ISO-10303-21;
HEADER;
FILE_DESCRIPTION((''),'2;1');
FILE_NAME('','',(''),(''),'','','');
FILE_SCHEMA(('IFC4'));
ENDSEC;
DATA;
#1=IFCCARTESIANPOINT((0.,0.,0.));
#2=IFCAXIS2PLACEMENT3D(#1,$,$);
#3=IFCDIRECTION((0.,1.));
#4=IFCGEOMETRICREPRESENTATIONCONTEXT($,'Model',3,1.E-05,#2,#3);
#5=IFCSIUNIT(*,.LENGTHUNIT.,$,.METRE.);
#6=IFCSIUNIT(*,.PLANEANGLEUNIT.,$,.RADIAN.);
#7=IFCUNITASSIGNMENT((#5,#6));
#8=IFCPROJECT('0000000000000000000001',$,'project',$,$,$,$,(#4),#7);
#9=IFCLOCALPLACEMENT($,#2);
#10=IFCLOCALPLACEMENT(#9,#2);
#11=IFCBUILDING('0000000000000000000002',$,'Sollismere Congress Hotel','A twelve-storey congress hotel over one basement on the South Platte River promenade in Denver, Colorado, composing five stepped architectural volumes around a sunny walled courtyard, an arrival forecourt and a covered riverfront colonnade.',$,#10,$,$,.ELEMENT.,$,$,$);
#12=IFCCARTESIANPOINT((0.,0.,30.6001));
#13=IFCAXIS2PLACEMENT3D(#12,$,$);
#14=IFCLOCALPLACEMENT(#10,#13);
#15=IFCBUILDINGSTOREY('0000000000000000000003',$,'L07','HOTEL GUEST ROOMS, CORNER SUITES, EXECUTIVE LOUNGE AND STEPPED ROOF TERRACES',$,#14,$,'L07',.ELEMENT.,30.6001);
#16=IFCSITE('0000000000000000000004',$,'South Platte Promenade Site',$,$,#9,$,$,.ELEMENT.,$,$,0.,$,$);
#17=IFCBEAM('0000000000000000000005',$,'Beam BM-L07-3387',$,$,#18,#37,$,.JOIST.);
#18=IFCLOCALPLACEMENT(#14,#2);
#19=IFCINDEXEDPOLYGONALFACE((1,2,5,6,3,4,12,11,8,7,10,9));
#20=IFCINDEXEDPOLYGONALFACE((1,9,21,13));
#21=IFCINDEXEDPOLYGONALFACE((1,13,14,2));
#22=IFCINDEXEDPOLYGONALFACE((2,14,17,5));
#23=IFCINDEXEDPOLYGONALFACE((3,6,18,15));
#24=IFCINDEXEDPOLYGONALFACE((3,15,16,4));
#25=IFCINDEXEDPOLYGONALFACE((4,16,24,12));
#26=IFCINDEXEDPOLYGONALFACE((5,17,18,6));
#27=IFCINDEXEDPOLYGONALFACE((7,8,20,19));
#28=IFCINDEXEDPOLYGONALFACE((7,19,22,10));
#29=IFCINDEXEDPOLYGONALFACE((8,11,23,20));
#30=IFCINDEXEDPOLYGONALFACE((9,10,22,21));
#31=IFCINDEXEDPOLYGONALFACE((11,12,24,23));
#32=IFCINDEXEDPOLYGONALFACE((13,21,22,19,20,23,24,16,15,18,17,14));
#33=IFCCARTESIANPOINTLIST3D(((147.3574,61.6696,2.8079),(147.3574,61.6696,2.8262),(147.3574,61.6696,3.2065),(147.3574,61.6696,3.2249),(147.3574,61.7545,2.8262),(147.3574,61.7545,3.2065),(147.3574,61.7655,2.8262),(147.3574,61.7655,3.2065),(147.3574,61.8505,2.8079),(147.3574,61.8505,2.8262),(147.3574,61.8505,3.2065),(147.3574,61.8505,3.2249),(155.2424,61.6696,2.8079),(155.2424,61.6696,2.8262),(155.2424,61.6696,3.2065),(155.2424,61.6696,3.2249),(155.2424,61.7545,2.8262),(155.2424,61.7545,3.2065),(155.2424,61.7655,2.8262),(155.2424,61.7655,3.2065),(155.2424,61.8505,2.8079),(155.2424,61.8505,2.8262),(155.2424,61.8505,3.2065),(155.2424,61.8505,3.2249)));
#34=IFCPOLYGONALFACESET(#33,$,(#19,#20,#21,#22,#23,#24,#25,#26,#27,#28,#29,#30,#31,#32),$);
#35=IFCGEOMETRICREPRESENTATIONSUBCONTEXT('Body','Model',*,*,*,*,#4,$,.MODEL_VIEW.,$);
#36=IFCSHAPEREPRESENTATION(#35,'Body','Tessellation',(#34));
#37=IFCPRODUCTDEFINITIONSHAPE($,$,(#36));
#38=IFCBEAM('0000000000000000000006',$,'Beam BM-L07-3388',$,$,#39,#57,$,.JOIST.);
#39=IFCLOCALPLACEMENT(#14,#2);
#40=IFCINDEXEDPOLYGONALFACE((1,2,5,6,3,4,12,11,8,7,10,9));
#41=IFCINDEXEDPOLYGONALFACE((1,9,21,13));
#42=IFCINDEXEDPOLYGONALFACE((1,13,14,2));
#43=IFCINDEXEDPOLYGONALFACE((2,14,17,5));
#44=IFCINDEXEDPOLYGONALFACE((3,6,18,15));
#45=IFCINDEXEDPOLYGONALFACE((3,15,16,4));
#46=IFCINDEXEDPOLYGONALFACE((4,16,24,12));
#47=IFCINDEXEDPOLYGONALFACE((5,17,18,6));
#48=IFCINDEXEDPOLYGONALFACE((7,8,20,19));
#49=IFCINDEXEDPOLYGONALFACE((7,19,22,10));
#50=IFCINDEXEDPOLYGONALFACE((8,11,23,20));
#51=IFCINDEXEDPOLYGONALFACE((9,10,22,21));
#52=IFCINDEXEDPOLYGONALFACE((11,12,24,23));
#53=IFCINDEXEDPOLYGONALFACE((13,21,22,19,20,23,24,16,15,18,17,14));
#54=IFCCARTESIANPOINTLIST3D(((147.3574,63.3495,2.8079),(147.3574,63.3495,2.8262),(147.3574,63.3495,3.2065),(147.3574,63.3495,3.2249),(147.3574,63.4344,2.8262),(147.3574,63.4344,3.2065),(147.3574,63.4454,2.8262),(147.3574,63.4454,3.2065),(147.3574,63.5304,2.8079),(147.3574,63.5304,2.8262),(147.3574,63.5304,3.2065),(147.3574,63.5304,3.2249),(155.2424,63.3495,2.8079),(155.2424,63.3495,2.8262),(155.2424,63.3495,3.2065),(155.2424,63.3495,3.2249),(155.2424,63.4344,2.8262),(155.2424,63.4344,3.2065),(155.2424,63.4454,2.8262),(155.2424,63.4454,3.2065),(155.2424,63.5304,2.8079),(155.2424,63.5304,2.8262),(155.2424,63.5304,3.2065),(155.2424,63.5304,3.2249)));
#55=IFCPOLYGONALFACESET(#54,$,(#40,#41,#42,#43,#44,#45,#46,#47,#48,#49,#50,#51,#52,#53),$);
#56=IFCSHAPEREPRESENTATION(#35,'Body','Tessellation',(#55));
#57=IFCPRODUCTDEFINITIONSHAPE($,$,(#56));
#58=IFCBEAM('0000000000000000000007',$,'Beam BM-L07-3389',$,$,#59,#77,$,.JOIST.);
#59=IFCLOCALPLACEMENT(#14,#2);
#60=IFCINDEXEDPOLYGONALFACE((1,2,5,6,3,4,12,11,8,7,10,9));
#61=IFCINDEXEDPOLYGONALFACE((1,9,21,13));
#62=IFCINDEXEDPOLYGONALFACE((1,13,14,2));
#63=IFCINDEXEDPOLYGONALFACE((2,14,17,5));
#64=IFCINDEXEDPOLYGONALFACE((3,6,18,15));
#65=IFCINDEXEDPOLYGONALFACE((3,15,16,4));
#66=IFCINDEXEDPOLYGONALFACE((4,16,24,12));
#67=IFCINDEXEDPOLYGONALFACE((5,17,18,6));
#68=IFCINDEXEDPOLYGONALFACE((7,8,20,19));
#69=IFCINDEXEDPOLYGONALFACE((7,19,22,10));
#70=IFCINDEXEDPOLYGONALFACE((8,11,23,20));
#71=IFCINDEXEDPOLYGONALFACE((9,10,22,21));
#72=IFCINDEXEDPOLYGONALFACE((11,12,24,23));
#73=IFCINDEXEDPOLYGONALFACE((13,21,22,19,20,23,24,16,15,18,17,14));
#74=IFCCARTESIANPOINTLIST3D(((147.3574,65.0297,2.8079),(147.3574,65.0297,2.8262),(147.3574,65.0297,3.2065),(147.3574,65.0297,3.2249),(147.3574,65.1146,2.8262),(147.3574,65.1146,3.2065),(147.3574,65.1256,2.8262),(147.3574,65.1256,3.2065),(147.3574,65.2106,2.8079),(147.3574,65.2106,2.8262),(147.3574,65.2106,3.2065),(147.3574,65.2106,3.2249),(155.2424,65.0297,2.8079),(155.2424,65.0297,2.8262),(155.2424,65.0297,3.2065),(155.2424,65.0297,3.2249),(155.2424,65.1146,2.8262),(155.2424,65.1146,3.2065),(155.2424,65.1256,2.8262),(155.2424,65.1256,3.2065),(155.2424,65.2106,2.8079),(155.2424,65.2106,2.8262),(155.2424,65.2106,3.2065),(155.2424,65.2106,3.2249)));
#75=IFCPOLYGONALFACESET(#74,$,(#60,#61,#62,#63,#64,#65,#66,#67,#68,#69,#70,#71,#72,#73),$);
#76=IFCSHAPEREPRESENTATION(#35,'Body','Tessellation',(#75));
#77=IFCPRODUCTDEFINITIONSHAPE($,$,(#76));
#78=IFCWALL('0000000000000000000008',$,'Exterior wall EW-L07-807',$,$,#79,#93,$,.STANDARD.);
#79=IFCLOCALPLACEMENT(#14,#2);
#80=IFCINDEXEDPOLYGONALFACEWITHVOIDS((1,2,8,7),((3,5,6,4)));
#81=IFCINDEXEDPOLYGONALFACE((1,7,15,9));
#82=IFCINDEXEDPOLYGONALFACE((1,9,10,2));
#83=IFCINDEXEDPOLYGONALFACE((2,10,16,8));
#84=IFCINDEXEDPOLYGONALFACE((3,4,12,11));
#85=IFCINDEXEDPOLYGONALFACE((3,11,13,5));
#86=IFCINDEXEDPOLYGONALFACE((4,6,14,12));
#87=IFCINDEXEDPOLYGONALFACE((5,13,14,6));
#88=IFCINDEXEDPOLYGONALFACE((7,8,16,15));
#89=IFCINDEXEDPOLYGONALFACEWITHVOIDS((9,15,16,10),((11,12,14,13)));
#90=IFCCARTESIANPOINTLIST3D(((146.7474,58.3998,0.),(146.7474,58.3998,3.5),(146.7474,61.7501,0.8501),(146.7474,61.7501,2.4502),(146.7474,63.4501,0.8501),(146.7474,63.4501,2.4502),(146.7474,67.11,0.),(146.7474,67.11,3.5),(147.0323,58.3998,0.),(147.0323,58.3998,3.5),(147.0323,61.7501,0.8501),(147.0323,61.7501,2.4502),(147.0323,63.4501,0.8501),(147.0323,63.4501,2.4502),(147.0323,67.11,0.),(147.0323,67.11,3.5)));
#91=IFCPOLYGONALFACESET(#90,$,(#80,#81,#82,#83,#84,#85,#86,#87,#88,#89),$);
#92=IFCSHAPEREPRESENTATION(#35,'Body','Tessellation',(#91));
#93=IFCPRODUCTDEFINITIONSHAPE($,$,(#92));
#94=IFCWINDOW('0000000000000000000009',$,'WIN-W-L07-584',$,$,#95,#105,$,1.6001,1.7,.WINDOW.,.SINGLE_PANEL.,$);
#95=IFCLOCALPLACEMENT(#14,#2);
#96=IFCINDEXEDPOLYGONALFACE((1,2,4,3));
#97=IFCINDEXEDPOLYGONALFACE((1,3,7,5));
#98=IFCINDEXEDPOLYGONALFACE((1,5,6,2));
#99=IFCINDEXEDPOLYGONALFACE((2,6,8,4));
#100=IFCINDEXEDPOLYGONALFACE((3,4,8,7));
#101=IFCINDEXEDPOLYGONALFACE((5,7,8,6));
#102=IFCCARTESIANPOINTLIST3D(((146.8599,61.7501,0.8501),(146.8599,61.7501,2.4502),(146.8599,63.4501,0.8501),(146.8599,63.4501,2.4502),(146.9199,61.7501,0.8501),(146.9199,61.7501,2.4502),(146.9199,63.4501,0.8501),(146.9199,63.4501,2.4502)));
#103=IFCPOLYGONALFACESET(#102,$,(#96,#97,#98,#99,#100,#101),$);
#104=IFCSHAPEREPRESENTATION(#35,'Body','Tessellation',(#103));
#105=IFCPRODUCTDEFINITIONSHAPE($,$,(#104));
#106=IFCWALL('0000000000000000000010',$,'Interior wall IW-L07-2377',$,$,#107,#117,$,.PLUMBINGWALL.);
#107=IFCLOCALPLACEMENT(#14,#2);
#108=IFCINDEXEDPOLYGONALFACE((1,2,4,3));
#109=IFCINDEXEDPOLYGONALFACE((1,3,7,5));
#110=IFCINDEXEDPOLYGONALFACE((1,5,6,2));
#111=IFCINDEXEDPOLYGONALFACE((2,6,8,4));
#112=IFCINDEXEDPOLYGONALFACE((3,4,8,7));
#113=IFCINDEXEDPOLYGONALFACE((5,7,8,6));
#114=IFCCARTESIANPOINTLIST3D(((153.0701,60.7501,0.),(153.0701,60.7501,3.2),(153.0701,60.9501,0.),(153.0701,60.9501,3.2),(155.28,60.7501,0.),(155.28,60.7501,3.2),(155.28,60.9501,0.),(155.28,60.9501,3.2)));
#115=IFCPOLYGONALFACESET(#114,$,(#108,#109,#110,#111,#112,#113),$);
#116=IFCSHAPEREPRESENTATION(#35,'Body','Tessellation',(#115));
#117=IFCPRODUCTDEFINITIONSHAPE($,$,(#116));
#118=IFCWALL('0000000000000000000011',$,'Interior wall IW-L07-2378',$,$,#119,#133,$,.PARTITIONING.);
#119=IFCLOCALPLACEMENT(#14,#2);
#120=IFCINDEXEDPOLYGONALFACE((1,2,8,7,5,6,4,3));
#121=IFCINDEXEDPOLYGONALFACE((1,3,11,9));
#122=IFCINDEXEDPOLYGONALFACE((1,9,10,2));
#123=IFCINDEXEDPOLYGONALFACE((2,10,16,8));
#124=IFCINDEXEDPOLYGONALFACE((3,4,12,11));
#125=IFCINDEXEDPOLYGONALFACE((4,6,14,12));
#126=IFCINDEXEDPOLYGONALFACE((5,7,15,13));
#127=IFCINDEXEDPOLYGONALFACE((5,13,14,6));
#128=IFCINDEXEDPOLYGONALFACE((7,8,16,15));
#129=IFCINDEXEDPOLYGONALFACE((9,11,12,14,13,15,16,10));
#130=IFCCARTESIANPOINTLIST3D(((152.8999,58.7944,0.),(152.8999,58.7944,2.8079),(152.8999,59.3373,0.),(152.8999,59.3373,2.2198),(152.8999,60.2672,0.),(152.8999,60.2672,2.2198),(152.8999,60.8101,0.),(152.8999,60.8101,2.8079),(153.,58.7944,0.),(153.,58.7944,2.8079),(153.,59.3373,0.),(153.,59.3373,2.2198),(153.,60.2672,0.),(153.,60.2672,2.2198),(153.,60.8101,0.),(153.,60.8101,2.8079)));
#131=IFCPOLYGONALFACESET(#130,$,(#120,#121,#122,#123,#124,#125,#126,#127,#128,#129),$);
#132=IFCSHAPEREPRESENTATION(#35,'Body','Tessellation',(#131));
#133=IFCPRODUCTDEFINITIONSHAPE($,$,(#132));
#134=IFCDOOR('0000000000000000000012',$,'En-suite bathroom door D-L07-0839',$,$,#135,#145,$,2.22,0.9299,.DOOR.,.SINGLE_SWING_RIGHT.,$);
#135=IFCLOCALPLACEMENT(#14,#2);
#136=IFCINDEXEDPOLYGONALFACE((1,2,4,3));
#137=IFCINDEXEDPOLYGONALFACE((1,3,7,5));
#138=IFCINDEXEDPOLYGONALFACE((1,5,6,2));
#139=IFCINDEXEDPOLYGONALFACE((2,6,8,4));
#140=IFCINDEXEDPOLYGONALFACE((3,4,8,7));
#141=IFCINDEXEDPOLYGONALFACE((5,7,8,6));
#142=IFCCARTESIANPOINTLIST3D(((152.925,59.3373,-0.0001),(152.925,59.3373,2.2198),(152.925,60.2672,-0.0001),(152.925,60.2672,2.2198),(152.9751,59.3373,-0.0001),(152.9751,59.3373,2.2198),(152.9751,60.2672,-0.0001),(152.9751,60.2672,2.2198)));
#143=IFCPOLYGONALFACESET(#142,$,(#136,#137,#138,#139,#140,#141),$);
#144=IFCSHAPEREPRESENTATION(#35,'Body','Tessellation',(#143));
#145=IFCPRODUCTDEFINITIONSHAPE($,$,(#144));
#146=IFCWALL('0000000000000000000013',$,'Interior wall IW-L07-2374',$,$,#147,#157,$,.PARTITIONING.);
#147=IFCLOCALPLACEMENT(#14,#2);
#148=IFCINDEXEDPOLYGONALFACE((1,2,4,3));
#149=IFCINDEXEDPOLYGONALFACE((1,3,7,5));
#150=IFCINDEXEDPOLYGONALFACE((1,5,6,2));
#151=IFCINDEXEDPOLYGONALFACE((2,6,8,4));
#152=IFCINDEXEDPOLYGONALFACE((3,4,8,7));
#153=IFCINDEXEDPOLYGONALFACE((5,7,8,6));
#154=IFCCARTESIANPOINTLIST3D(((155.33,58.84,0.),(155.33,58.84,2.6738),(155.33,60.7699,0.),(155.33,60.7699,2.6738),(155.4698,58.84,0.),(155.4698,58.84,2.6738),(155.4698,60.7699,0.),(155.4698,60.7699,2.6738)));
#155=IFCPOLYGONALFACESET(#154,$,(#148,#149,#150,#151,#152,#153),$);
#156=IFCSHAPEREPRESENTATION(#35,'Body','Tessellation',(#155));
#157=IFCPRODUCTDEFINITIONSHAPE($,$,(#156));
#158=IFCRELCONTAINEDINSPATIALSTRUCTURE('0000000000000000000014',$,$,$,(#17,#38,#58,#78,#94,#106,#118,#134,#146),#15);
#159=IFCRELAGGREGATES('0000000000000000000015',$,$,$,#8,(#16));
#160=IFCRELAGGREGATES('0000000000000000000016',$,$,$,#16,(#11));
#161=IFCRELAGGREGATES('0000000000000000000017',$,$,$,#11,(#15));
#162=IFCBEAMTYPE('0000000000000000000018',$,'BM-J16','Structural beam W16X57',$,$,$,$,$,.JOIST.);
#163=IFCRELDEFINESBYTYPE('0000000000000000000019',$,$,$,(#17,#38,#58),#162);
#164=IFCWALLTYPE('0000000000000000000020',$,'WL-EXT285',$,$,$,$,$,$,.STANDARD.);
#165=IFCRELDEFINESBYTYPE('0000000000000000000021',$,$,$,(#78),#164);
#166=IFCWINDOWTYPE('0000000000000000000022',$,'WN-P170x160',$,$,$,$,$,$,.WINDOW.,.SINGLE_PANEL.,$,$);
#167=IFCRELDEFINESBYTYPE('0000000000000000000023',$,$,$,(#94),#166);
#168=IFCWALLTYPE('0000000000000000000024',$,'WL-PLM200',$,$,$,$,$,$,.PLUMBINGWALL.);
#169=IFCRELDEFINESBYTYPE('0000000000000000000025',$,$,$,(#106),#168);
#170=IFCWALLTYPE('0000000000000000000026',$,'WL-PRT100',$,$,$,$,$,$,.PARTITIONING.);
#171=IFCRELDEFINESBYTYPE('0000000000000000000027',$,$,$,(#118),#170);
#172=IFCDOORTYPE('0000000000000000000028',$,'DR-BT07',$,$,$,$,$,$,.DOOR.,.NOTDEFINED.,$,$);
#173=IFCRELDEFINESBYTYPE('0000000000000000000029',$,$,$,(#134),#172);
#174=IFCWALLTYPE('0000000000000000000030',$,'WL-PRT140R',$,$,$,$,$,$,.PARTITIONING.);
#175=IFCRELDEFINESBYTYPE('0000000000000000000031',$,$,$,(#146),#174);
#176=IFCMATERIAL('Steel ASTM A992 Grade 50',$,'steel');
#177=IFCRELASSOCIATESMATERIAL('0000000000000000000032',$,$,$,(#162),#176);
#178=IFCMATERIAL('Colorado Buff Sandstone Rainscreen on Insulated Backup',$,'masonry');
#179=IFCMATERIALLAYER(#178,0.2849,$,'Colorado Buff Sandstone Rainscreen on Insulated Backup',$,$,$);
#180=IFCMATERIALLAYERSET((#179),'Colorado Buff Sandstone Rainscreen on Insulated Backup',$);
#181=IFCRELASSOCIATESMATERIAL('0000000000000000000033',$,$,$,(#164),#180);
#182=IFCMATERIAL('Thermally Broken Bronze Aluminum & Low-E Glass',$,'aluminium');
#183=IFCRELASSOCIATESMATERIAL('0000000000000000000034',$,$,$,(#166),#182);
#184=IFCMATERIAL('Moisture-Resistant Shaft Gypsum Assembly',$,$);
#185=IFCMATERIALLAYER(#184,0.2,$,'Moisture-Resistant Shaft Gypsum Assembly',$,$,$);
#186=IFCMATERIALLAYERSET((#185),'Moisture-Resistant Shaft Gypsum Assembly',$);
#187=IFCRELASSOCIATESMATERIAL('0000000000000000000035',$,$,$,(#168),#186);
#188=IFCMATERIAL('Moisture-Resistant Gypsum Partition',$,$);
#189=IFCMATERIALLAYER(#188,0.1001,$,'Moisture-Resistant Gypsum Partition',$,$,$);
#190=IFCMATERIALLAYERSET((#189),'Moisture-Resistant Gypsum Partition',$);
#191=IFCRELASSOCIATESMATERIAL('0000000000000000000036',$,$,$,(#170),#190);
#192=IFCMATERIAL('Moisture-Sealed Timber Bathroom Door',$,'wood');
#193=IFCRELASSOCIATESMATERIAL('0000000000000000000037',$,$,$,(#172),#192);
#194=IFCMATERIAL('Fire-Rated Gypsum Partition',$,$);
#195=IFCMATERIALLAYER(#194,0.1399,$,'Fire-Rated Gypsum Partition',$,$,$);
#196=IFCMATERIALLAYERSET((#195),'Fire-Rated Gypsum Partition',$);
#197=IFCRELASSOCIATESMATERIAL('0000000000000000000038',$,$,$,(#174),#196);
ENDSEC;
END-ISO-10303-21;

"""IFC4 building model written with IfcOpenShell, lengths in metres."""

from ifc_helpers import new_model, si_unit, direction, frame, frame_2d, origin, origin_2d, place, context, subcontext, project, spatial, rectangle, i_section, extrude, material, layer, layer_set, material_profile, profile_set, type_object, element, fill, save


model = new_model("IFC4")

# Units and contexts
model_context = context("Model", 3, precision=1e-05, world=origin(), true_north=direction((0.0, 1.0)))
body_context = subcontext(model_context, "Body", "Model", "MODEL_VIEW")
ifc_project = project(units=[si_unit("LENGTHUNIT", "METRE"), si_unit("PLANEANGLEUNIT", "RADIAN")], contexts=[model_context])

# Site, building, storey
site_placement = place(None, origin())
site = spatial("IfcSite", under=ifc_project, at=site_placement, Name="South Platte Promenade Site", CompositionType="ELEMENT", RefElevation=0.0)
building_placement = place(site_placement, origin())
building = spatial("IfcBuilding", under=site, at=building_placement, Name="Sollismere Congress Hotel", Description="A twelve-storey congress hotel over one basement on the South Platte River promenade in Denver, Colorado, composing five stepped architectural volumes around a sunny walled courtyard, an arrival forecourt and a covered riverfront colonnade.", CompositionType="ELEMENT")
storey_placement = place(building_placement, frame((0.0, 0.0, 30.6001)))
storey = spatial("IfcBuildingStorey", under=building, at=storey_placement, Name="L07", Description="HOTEL GUEST ROOMS, CORNER SUITES, EXECUTIVE LOUNGE AND STEPPED ROOF TERRACES", LongName="L07", CompositionType="ELEMENT", Elevation=30.6001)

# Shared definitions
ifc_material_1 = material(Name="Steel ASTM A992 Grade 50", Category="steel")

# Beams
ifc_material_profile_1 = material_profile(ifc_material_1, i_section(OverallWidth=0.1809, OverallDepth=0.417, WebThickness=0.011, FlangeThickness=0.0183, at=origin_2d()), Name="W16X57")
ifc_profile_set_1 = profile_set([ifc_material_profile_1], Name="Steel ASTM A992 Grade 50")
beam_type_1 = type_object("IfcBeamType", Name="BM-J16", Description="Structural beam W16X57", PredefinedType="JOIST", material=ifc_profile_set_1)
for number, where, z_axis, x_axis, name in (
    (1, (147.3574, 61.76, 3.0164), (1.0, 0.0, 0.0), (0.0, 1.0, 0.0), "Beam BM-L07-3387"),
    (2, (147.3574, 63.4399, 3.0164), (1.0, 0.0, 0.0), (0.0, 1.0, 0.0), "Beam BM-L07-3388"),
    (3, (147.3574, 65.1201, 3.0164), (1.0, 0.0, 0.0), (0.0, 1.0, 0.0), "Beam BM-L07-3389"),
):
    element("IfcBeam", number, at=place(storey_placement, frame(where, z_axis=z_axis, x_axis=x_axis)), inside=storey, type_object=beam_type_1, Name=name, PredefinedType="JOIST", context=body_context, shape_type="SweptSolid", body=[
        extrude(i_section(OverallWidth=0.1809, OverallDepth=0.417, WebThickness=0.011, FlangeThickness=0.0183, at=origin_2d()), origin(), (0.0, 0.0, 1.0), 7.885),
    ])

# Wall, opening, window
ifc_material_2 = material(Name="Colorado Buff Sandstone Rainscreen on Insulated Backup", Category="masonry")
ifc_layer_1 = layer(ifc_material_2, 0.2849, Name="Colorado Buff Sandstone Rainscreen on Insulated Backup")
ifc_layer_set_1 = layer_set([ifc_layer_1], Name="Colorado Buff Sandstone Rainscreen on Insulated Backup")
wall_type_1 = type_object("IfcWallType", Name="WL-EXT285", PredefinedType="STANDARD", material=ifc_layer_set_1)
wall_1_placement = place(storey_placement, frame((146.8899, 58.3999, 0.0), z_axis=(0.0, 0.0, 1.0), x_axis=(0.0, 1.0, 0.0)))
wall_1 = element("IfcWall", 4, at=wall_1_placement, inside=storey, type_object=wall_type_1, Name="Exterior wall EW-L07-807", PredefinedType="STANDARD", context=body_context, shape_type="SweptSolid", body=[
    extrude(rectangle(XDim=8.7102, YDim=0.2849, at=frame_2d((4.355, 0.0))), origin(), (0.0, 0.0, 1.0), 3.5),
])
opening_1_placement = place(wall_1_placement, frame((3.3501, 0.0, 0.8501)))
opening_1 = element("IfcOpeningElement", 5, at=opening_1_placement, cuts=wall_1, PredefinedType="OPENING", context=body_context, shape_type="SweptSolid", body=[
    extrude(rectangle(XDim=1.7, YDim=1.6001, at=frame_2d((0.8501, 0.8))), frame((0.0, 0.1523, 0.0), z_axis=(0.0, -1.0, 0.0), x_axis=(1.0, 0.0, 0.0)), (0.0, 0.0, 1.0), 0.3049),
])
ifc_material_3 = material(Name="Thermally Broken Bronze Aluminum & Low-E Glass", Category="aluminium")
window_type = type_object("IfcWindowType", Name="WN-P170x160", PartitioningType="SINGLE_PANEL", PredefinedType="WINDOW", material=ifc_material_3)
window_placement = place(opening_1_placement, origin())
window = element("IfcWindow", 6, at=window_placement, inside=storey, type_object=window_type, Name="WIN-W-L07-584", OverallHeight=1.6001, OverallWidth=1.7, PartitioningType="SINGLE_PANEL", PredefinedType="WINDOW", context=body_context, shape_type="SweptSolid", body=[
    extrude(rectangle(XDim=1.7, YDim=1.6001, at=frame_2d((0.8501, 0.8))), frame((0.0, 0.03, 0.0), z_axis=(0.0, -1.0, 0.0), x_axis=(1.0, 0.0, 0.0)), (0.0, 0.0, 1.0), 0.0601),
])
fill(opening_1, window)

# Wall
ifc_material_4 = material(Name="Moisture-Resistant Shaft Gypsum Assembly")
ifc_layer_2 = layer(ifc_material_4, 0.2, Name="Moisture-Resistant Shaft Gypsum Assembly")
ifc_layer_set_2 = layer_set([ifc_layer_2], Name="Moisture-Resistant Shaft Gypsum Assembly")
wall_type_2 = type_object("IfcWallType", Name="WL-PLM200", PredefinedType="PLUMBINGWALL", material=ifc_layer_set_2)
wall_2_placement = place(storey_placement, frame((153.0701, 60.8501, 0.0), z_axis=(0.0, 0.0, 1.0), x_axis=(1.0, 0.0, 0.0)))
element("IfcWall", 7, at=wall_2_placement, inside=storey, type_object=wall_type_2, Name="Interior wall IW-L07-2377", PredefinedType="PLUMBINGWALL", context=body_context, shape_type="SweptSolid", body=[
    extrude(rectangle(XDim=2.21, YDim=0.2, at=frame_2d((1.105, 0.0))), origin(), (0.0, 0.0, 1.0), 3.2),
])

# Wall, opening, door
ifc_material_5 = material(Name="Moisture-Resistant Gypsum Partition")
ifc_layer_3 = layer(ifc_material_5, 0.1001, Name="Moisture-Resistant Gypsum Partition")
ifc_layer_set_3 = layer_set([ifc_layer_3], Name="Moisture-Resistant Gypsum Partition")
wall_type_3 = type_object("IfcWallType", Name="WL-PRT100", PredefinedType="PARTITIONING", material=ifc_layer_set_3)
wall_3_placement = place(storey_placement, frame((152.95, 58.7944, 0.0), z_axis=(0.0, 0.0, 1.0), x_axis=(0.0, 1.0, 0.0)))
wall_3 = element("IfcWall", 8, at=wall_3_placement, inside=storey, type_object=wall_type_3, Name="Interior wall IW-L07-2378", PredefinedType="PARTITIONING", context=body_context, shape_type="SweptSolid", body=[
    extrude(rectangle(XDim=2.0156, YDim=0.1001, at=frame_2d((1.0078, 0.0))), origin(), (0.0, 0.0, 1.0), 2.8079),
])
opening_2_placement = place(wall_3_placement, frame((0.543, 0.0, 0.0)))
opening_2 = element("IfcOpeningElement", 9, at=opening_2_placement, cuts=wall_3, PredefinedType="OPENING", context=body_context, shape_type="SweptSolid", body=[
    extrude(rectangle(XDim=0.9299, YDim=2.22, at=frame_2d((0.4648, 1.1099))), frame((0.0, 0.0601, 0.0), z_axis=(0.0, -1.0, 0.0), x_axis=(1.0, 0.0, 0.0)), (0.0, 0.0, 1.0), 0.1201),
])
ifc_material_6 = material(Name="Moisture-Sealed Timber Bathroom Door", Category="wood")
door_type_1 = type_object("IfcDoorType", Name="DR-BT07", OperationType="NOTDEFINED", PredefinedType="DOOR", material=ifc_material_6)
door_1_placement = place(opening_2_placement, origin())
door_1 = element("IfcDoor", 10, at=door_1_placement, inside=storey, type_object=door_type_1, Name="En-suite bathroom door D-L07-0839", OperationType="SINGLE_SWING_RIGHT", OverallHeight=2.22, OverallWidth=0.9299, PredefinedType="DOOR", context=body_context, shape_type="SweptSolid", body=[
    extrude(rectangle(XDim=0.9299, YDim=2.22, at=frame_2d((0.4648, 1.1099))), frame((0.0, 0.0249, 0.0), z_axis=(0.0, -1.0, 0.0), x_axis=(1.0, 0.0, 0.0)), (0.0, 0.0, 1.0), 0.05),
])
fill(opening_2, door_1)

# Wall
ifc_material_7 = material(Name="Fire-Rated Gypsum Partition")
ifc_layer_4 = layer(ifc_material_7, 0.1399, Name="Fire-Rated Gypsum Partition")
ifc_layer_set_4 = layer_set([ifc_layer_4], Name="Fire-Rated Gypsum Partition")
wall_type_4 = type_object("IfcWallType", Name="WL-PRT140R", PredefinedType="PARTITIONING", material=ifc_layer_set_4)
wall_4_placement = place(storey_placement, frame((155.3999, 58.8401, 0.0), z_axis=(0.0, 0.0, 1.0), x_axis=(0.0, 1.0, 0.0)))
element("IfcWall", 11, at=wall_4_placement, inside=storey, type_object=wall_type_4, Name="Interior wall IW-L07-2374", PredefinedType="PARTITIONING", context=body_context, shape_type="SweptSolid", body=[
    extrude(rectangle(XDim=1.9299, YDim=0.1399, at=frame_2d((0.9648, 0.0))), origin(), (0.0, 0.0, 1.0), 2.6738),
])

save(model, "model.ifc")
